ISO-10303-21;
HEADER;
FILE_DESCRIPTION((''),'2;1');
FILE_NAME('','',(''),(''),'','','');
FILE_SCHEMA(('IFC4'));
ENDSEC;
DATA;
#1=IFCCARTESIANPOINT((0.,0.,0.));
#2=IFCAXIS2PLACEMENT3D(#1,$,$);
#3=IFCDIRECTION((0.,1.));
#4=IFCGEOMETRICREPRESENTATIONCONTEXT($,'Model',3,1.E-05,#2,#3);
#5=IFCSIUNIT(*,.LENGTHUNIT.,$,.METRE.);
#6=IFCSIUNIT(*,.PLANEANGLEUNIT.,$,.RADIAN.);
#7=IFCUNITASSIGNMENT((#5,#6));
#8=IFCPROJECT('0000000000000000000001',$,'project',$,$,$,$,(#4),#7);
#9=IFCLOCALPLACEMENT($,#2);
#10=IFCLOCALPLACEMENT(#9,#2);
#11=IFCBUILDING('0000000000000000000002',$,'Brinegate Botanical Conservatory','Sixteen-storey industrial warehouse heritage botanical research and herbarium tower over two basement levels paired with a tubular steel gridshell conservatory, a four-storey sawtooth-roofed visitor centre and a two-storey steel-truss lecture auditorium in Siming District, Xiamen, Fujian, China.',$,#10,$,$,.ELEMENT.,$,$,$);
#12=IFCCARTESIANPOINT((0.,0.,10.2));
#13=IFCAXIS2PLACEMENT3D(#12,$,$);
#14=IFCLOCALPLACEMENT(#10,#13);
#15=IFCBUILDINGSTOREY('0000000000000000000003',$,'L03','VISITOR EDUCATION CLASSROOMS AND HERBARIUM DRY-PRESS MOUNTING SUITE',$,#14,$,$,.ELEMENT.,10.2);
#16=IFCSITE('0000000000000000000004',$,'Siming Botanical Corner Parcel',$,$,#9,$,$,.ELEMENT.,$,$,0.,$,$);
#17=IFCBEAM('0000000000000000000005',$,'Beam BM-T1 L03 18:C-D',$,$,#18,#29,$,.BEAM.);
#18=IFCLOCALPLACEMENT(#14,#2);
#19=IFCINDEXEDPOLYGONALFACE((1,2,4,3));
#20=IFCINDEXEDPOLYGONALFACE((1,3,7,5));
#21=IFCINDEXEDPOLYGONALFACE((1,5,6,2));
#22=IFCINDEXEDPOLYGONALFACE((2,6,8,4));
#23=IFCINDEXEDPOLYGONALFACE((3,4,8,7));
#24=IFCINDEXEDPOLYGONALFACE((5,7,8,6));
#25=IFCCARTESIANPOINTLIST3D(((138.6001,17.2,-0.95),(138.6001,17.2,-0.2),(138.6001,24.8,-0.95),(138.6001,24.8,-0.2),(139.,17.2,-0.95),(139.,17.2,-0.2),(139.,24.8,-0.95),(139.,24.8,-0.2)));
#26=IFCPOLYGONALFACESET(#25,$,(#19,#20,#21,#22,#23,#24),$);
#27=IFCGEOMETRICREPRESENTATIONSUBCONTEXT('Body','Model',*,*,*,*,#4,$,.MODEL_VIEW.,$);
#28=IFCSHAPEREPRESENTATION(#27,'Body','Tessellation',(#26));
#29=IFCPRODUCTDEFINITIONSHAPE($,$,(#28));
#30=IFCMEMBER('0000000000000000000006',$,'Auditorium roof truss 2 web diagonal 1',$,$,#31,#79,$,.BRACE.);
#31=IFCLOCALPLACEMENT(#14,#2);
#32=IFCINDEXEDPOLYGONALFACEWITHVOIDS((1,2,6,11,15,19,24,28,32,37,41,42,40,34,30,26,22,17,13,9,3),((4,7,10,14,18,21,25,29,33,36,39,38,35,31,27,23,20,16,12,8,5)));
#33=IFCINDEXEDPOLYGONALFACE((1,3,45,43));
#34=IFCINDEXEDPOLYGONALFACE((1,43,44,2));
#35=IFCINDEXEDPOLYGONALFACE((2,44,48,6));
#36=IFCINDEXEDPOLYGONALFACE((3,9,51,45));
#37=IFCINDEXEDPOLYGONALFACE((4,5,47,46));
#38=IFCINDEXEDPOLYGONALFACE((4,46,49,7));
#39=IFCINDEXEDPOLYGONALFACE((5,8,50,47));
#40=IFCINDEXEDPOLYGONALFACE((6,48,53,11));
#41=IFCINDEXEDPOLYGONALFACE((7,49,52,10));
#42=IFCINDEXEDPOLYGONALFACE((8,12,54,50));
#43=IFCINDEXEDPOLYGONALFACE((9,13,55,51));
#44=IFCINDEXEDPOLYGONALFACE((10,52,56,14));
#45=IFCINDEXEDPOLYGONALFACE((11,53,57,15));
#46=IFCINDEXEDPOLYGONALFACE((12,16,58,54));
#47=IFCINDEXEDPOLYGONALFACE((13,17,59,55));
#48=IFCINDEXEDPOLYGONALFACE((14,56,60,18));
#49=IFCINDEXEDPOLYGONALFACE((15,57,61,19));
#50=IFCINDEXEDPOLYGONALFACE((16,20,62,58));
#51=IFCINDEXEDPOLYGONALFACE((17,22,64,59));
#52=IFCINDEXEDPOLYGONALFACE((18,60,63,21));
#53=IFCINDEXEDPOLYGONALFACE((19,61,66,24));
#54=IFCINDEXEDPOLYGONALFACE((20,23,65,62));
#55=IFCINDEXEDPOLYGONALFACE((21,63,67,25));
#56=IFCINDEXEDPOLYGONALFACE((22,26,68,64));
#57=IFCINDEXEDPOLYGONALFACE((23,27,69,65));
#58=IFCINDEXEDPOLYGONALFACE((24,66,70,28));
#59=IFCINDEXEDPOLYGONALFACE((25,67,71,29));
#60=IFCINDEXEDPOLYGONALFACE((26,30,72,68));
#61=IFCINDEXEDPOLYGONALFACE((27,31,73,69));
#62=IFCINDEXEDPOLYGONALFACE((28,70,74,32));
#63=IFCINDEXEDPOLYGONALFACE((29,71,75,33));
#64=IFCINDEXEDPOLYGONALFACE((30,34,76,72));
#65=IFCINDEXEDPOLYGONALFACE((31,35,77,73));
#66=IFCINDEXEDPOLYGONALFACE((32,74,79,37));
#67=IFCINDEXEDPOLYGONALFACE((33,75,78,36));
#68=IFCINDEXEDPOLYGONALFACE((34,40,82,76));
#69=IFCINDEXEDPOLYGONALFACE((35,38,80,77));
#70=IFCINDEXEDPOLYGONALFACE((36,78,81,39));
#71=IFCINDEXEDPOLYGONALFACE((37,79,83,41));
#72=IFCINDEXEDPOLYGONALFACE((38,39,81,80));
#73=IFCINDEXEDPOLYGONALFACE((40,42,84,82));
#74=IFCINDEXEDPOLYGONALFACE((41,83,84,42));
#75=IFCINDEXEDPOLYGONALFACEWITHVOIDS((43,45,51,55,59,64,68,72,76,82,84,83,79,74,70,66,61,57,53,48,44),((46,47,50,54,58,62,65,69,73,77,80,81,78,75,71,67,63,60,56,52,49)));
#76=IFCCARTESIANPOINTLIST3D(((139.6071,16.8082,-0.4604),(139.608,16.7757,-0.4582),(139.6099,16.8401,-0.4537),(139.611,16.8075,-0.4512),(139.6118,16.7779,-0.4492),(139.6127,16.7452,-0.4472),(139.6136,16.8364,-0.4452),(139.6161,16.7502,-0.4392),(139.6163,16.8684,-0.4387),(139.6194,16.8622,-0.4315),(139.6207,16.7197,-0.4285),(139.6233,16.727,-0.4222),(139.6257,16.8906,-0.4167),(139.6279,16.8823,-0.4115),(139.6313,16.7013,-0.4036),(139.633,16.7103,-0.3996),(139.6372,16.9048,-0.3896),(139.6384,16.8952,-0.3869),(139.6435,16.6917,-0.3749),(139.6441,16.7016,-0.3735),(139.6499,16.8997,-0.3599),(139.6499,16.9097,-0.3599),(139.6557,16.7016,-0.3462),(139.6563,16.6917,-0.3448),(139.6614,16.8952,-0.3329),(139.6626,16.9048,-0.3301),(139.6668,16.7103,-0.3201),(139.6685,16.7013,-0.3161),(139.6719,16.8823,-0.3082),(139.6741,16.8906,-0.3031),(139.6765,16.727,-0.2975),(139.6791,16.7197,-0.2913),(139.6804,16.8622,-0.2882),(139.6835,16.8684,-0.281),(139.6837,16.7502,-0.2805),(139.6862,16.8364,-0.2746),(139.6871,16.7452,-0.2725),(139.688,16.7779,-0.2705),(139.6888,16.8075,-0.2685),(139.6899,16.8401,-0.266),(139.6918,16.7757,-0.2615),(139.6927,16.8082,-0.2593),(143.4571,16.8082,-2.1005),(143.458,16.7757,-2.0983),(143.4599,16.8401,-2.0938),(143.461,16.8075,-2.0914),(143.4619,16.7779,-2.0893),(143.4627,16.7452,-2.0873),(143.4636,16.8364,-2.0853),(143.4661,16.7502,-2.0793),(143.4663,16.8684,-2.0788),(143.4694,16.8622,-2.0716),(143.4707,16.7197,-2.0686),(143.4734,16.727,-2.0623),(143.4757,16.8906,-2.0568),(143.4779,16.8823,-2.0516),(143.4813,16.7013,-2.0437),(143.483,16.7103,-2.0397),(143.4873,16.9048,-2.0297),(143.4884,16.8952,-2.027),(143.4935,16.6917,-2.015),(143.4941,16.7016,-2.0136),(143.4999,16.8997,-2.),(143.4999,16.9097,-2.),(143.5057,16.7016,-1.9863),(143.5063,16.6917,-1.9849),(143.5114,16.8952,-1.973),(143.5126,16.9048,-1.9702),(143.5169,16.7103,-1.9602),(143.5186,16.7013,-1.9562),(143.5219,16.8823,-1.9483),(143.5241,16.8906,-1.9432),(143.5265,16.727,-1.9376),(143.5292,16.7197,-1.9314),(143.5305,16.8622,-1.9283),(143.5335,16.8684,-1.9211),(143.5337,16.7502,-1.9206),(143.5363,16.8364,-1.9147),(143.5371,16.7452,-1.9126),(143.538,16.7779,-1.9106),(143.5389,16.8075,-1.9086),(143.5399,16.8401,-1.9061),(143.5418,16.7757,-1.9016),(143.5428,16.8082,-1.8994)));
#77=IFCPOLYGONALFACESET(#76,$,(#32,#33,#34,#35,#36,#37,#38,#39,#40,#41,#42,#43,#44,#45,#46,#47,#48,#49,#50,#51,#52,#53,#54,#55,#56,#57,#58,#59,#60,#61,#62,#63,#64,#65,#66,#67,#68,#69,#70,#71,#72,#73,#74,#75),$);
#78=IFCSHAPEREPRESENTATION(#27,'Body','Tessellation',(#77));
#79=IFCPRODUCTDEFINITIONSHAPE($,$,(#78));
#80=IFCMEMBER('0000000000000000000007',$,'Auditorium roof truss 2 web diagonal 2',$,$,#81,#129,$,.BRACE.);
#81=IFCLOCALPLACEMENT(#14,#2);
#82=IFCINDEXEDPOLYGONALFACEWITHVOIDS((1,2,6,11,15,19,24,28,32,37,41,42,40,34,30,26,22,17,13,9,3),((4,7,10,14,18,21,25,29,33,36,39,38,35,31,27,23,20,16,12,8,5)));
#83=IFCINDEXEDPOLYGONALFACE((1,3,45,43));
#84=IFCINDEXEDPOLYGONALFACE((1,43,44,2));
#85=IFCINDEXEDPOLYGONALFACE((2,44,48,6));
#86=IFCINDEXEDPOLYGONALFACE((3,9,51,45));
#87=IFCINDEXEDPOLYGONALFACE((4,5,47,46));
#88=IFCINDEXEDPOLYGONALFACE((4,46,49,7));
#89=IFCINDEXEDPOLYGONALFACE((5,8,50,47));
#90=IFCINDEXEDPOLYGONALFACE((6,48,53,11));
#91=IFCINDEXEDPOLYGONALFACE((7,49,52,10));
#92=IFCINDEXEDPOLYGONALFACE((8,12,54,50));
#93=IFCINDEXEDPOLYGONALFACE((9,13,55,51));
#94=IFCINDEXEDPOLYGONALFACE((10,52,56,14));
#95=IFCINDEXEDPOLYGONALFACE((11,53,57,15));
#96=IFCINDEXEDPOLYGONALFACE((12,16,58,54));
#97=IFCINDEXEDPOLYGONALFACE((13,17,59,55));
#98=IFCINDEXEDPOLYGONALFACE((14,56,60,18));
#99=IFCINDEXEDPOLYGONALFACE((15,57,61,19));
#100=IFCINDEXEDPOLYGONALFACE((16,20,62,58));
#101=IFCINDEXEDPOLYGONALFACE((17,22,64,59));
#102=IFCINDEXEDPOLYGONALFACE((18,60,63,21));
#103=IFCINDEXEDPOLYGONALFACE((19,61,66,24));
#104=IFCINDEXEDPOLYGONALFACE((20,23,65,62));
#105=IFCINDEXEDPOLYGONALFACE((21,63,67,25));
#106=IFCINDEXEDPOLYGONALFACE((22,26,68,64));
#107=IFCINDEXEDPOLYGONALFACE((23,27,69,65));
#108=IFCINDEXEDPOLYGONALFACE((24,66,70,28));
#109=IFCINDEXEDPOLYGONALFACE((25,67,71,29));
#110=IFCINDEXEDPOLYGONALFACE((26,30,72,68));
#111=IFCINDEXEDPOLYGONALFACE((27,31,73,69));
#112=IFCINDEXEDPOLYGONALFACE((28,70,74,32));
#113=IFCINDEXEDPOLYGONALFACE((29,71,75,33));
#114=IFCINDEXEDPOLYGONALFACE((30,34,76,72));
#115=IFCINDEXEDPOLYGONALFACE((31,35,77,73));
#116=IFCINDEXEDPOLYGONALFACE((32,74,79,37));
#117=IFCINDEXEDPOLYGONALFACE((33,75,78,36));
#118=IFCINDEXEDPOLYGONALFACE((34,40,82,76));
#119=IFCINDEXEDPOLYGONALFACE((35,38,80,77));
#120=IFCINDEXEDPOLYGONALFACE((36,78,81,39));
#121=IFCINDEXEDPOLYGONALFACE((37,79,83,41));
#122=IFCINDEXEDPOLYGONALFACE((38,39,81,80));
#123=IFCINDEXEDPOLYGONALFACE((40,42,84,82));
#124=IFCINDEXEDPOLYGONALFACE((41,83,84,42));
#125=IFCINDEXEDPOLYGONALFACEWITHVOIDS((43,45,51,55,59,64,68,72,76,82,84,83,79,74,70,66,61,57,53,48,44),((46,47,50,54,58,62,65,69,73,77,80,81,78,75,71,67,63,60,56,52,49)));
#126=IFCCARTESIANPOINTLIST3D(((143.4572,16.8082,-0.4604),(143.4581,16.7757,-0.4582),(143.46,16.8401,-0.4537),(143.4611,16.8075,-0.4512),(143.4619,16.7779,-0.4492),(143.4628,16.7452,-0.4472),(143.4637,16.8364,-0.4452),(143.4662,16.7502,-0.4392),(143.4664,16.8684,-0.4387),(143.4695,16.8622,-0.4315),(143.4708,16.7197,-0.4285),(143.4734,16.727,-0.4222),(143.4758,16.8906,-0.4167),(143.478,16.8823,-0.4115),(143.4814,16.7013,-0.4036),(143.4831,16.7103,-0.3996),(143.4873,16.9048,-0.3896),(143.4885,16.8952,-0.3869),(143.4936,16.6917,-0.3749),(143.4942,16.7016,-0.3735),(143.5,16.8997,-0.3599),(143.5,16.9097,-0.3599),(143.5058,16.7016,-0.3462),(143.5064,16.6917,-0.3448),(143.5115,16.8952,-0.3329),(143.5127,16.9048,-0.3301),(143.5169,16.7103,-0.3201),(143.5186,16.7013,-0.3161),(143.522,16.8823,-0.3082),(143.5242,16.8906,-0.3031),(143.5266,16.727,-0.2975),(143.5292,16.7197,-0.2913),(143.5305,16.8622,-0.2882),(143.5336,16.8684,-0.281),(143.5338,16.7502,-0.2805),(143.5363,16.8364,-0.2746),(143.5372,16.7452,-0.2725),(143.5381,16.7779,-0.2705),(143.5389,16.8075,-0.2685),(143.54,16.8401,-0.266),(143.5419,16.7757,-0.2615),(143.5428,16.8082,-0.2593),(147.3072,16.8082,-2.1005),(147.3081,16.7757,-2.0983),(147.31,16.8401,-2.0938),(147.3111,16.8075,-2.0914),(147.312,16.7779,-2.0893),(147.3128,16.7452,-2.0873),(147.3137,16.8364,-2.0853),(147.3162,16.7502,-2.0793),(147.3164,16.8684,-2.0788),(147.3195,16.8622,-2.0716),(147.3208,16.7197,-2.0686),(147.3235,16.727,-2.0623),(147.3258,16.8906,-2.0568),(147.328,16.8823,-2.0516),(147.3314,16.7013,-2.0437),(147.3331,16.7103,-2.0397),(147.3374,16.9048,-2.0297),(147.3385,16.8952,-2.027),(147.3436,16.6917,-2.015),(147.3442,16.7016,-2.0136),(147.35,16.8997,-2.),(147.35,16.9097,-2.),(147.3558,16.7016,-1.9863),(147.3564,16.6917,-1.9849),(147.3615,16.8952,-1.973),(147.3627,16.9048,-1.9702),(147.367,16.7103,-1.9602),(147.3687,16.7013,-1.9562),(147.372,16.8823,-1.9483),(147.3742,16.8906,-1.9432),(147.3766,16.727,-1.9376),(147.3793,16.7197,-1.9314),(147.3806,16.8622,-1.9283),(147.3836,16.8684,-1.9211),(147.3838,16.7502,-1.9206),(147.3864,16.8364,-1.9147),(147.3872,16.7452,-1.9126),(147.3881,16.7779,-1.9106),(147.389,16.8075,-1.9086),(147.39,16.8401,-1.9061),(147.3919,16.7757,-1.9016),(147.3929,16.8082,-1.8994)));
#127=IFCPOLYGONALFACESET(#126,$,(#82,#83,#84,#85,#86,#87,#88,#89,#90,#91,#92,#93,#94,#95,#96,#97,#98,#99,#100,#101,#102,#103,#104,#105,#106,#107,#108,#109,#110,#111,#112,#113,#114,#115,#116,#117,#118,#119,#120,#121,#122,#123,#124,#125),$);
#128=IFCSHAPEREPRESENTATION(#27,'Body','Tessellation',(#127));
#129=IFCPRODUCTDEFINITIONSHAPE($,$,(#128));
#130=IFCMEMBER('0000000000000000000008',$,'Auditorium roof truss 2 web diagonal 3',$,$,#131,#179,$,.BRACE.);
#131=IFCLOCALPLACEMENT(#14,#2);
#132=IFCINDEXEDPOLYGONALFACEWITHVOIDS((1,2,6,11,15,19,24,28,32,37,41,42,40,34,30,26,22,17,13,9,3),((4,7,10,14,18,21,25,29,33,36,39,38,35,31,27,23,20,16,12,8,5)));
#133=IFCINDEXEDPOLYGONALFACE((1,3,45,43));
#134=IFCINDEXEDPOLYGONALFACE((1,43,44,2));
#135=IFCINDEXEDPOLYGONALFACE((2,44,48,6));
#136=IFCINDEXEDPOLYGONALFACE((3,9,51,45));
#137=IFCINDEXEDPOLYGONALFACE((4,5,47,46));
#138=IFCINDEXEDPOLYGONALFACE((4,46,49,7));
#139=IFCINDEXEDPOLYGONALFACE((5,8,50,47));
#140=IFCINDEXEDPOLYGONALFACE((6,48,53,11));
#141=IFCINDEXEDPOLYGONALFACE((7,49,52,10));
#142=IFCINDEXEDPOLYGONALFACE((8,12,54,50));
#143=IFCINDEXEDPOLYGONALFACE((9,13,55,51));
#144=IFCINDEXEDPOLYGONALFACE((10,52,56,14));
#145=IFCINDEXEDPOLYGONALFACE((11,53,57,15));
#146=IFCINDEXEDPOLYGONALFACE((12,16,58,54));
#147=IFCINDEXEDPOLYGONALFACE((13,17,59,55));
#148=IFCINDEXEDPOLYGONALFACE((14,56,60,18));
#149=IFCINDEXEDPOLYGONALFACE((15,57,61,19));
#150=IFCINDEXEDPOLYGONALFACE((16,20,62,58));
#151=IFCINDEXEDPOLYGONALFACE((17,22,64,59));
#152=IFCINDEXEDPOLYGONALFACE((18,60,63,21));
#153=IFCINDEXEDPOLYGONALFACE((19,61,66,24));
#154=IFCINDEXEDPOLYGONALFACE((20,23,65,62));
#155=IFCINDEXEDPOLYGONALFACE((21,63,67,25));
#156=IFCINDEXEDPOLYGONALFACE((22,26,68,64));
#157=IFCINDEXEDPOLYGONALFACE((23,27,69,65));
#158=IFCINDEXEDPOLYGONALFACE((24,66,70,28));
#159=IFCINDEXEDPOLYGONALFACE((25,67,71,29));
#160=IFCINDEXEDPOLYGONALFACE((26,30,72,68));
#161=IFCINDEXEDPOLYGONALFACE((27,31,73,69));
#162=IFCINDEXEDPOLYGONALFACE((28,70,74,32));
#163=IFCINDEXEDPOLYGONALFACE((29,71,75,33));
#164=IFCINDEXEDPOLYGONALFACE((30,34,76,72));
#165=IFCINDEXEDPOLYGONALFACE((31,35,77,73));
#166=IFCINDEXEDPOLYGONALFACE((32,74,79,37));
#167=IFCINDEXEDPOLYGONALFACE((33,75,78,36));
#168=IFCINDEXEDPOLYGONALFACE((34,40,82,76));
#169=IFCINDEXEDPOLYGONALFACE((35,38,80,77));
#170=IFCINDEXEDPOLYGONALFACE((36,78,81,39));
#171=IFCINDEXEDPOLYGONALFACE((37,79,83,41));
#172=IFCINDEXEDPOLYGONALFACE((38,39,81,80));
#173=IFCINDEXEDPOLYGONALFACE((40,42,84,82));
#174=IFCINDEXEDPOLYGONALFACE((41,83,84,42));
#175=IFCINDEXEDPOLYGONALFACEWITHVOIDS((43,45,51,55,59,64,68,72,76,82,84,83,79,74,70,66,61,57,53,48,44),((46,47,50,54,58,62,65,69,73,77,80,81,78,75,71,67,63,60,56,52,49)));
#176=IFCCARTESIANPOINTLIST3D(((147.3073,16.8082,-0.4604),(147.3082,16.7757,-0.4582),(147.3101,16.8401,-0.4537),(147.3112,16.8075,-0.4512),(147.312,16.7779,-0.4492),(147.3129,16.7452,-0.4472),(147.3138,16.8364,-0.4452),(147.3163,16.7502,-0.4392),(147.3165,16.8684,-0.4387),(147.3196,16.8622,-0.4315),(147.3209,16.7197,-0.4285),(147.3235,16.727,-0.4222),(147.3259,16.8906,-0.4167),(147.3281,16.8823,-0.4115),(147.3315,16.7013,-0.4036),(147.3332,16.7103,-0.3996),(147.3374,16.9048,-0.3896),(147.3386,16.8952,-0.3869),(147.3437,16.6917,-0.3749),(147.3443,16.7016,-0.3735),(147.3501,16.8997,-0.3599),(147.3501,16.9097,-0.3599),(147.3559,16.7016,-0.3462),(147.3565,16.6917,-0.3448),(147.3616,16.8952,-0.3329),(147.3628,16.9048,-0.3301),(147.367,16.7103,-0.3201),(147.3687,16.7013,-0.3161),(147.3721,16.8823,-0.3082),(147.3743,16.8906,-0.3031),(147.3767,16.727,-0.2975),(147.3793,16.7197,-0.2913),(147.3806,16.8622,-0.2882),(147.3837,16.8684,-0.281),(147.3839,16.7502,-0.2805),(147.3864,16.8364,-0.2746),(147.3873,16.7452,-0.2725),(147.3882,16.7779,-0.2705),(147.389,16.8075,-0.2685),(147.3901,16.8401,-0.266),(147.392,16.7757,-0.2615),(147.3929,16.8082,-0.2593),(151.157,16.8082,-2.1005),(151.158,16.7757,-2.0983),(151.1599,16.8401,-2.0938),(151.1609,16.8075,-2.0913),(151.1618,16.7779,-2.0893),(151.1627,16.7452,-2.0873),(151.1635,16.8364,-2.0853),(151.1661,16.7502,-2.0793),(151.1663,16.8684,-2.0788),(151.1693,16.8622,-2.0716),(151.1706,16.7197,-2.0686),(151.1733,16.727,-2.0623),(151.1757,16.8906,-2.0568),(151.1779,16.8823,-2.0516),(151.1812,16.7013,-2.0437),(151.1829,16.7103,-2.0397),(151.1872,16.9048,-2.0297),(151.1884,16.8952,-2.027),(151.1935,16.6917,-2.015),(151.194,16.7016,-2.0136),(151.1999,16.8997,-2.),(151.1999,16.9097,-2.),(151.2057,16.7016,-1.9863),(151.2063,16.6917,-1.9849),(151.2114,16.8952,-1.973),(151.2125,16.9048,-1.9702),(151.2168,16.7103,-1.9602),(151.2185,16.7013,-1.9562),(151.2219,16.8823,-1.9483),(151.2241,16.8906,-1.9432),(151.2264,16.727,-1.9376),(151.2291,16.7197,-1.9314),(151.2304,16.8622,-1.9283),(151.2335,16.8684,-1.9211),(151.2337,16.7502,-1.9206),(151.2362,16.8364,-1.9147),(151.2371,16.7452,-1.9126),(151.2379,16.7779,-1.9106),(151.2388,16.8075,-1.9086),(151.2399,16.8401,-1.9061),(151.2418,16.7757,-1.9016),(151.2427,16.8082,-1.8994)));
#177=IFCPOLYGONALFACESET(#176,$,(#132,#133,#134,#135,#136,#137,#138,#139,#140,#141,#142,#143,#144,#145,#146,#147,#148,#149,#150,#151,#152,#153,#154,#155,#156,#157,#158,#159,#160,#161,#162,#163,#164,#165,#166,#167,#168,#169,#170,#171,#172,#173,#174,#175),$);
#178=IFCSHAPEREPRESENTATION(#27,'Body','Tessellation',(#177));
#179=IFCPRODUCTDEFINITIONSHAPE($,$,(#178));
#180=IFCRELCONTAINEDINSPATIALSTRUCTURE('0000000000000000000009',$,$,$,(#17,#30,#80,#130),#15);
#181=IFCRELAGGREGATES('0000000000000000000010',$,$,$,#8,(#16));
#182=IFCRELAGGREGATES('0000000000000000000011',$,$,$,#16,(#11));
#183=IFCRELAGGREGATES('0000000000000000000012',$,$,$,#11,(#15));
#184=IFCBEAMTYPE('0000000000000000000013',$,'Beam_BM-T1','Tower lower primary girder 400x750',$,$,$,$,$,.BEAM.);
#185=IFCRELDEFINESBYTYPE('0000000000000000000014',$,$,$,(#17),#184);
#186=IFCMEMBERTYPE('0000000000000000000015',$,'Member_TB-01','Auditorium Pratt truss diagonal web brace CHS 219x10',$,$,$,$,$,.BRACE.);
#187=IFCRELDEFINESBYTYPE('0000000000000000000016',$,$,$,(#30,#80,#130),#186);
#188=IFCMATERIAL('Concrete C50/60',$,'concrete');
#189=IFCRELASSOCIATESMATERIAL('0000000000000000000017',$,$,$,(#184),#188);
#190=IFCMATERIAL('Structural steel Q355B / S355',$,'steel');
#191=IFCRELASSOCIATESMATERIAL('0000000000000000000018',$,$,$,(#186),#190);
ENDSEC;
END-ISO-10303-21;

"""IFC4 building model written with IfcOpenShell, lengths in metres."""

from ifc_helpers import new_model, si_unit, direction, frame, origin, origin_2d, place, context, subcontext, project, spatial, rectangle, hollow_circle, extrude, material, material_profile, profile_set, type_object, element, save


model = new_model("IFC4")

# Units and contexts
model_context = context("Model", 3, precision=1e-05, world=origin(), true_north=direction((0.0, 1.0)))
body_context = subcontext(model_context, "Body", "Model", "MODEL_VIEW")
ifc_project = project(units=[si_unit("LENGTHUNIT", "METRE"), si_unit("PLANEANGLEUNIT", "RADIAN")], contexts=[model_context])

# Site, building, storey
site_placement = place(None, origin())
site = spatial("IfcSite", under=ifc_project, at=site_placement, Name="Siming Botanical Corner Parcel", CompositionType="ELEMENT", RefElevation=0.0)
building_placement = place(site_placement, origin())
building = spatial("IfcBuilding", under=site, at=building_placement, Name="Brinegate Botanical Conservatory", Description="Sixteen-storey industrial warehouse heritage botanical research and herbarium tower over two basement levels paired with a tubular steel gridshell conservatory, a four-storey sawtooth-roofed visitor centre and a two-storey steel-truss lecture auditorium in Siming District, Xiamen, Fujian, China.", CompositionType="ELEMENT")
storey_placement = place(building_placement, frame((0.0, 0.0, 10.2)))
storey = spatial("IfcBuildingStorey", under=building, at=storey_placement, Name="L03", Description="VISITOR EDUCATION CLASSROOMS AND HERBARIUM DRY-PRESS MOUNTING SUITE", CompositionType="ELEMENT", Elevation=10.2)

# Beam
ifc_material_1 = material(Name="Concrete C50/60", Category="concrete")
ifc_material_profile_1 = material_profile(ifc_material_1, rectangle(XDim=0.3999, YDim=0.75, at=origin_2d()), Name="RC BM 400x750")
ifc_profile_set_1 = profile_set([ifc_material_profile_1], Name="Concrete C50/60")
beam_type = type_object("IfcBeamType", Name="Beam_BM-T1", Description="Tower lower primary girder 400x750", PredefinedType="BEAM", material=ifc_profile_set_1)
beam_placement = place(storey_placement, frame((138.8, 17.2, -0.575), z_axis=(0.0, 1.0, 0.0), x_axis=(-1.0, 0.0, 0.0)))
element("IfcBeam", 1, at=beam_placement, inside=storey, type_object=beam_type, Name="Beam BM-T1 L03 18:C-D", PredefinedType="BEAM", context=body_context, shape_type="SweptSolid", body=[
    extrude(rectangle(XDim=0.3999, YDim=0.75, at=origin_2d()), origin(), (0.0, 0.0, 1.0), 7.6001),
])

# Members
ifc_material_2 = material(Name="Structural steel Q355B / S355", Category="steel")
ifc_material_profile_2 = material_profile(ifc_material_2, hollow_circle(Radius=0.1096, WallThickness=0.01, at=origin_2d()), Name="CHS 219x10")
ifc_profile_set_2 = profile_set([ifc_material_profile_2], Name="Structural steel Q355B / S355")
member_type_1 = type_object("IfcMemberType", Name="Member_TB-01", Description="Auditorium Pratt truss diagonal web brace CHS 219x10", PredefinedType="BRACE", material=ifc_profile_set_2)
for number, where, z_axis, x_axis, name in (
    (2, (139.6499, 16.8, -0.3599), (0.92, 0.0, -0.391919), (0.0, 1.0, 0.0), "Auditorium roof truss 2 web diagonal 1"),
    (3, (143.5, 16.8, -0.3599), (0.92, 0.0, -0.391919), (0.0, 1.0, 0.0), "Auditorium roof truss 2 web diagonal 2"),
):
    element("IfcMember", number, at=place(storey_placement, frame(where, z_axis=z_axis, x_axis=x_axis)), inside=storey, type_object=member_type_1, Name=name, PredefinedType="BRACE", context=body_context, shape_type="SweptSolid", body=[
        extrude(hollow_circle(Radius=0.1096, WallThickness=0.01, at=origin_2d()), origin(), (0.0, 0.0, 1.0), 4.1848),
    ])
member_1_placement = place(storey_placement, frame((147.3501, 16.8, -0.3599), z_axis=(0.919991, 0.0, -0.39194), x_axis=(0.0, 1.0, 0.0)))
element("IfcMember", 4, at=member_1_placement, inside=storey, type_object=member_type_1, Name="Auditorium roof truss 2 web diagonal 3", PredefinedType="BRACE", context=body_context, shape_type="SweptSolid", body=[
    extrude(hollow_circle(Radius=0.1096, WallThickness=0.01, at=origin_2d()), origin(), (0.0, 0.0, 1.0), 4.1846),
])

save(model, "model.ifc")
